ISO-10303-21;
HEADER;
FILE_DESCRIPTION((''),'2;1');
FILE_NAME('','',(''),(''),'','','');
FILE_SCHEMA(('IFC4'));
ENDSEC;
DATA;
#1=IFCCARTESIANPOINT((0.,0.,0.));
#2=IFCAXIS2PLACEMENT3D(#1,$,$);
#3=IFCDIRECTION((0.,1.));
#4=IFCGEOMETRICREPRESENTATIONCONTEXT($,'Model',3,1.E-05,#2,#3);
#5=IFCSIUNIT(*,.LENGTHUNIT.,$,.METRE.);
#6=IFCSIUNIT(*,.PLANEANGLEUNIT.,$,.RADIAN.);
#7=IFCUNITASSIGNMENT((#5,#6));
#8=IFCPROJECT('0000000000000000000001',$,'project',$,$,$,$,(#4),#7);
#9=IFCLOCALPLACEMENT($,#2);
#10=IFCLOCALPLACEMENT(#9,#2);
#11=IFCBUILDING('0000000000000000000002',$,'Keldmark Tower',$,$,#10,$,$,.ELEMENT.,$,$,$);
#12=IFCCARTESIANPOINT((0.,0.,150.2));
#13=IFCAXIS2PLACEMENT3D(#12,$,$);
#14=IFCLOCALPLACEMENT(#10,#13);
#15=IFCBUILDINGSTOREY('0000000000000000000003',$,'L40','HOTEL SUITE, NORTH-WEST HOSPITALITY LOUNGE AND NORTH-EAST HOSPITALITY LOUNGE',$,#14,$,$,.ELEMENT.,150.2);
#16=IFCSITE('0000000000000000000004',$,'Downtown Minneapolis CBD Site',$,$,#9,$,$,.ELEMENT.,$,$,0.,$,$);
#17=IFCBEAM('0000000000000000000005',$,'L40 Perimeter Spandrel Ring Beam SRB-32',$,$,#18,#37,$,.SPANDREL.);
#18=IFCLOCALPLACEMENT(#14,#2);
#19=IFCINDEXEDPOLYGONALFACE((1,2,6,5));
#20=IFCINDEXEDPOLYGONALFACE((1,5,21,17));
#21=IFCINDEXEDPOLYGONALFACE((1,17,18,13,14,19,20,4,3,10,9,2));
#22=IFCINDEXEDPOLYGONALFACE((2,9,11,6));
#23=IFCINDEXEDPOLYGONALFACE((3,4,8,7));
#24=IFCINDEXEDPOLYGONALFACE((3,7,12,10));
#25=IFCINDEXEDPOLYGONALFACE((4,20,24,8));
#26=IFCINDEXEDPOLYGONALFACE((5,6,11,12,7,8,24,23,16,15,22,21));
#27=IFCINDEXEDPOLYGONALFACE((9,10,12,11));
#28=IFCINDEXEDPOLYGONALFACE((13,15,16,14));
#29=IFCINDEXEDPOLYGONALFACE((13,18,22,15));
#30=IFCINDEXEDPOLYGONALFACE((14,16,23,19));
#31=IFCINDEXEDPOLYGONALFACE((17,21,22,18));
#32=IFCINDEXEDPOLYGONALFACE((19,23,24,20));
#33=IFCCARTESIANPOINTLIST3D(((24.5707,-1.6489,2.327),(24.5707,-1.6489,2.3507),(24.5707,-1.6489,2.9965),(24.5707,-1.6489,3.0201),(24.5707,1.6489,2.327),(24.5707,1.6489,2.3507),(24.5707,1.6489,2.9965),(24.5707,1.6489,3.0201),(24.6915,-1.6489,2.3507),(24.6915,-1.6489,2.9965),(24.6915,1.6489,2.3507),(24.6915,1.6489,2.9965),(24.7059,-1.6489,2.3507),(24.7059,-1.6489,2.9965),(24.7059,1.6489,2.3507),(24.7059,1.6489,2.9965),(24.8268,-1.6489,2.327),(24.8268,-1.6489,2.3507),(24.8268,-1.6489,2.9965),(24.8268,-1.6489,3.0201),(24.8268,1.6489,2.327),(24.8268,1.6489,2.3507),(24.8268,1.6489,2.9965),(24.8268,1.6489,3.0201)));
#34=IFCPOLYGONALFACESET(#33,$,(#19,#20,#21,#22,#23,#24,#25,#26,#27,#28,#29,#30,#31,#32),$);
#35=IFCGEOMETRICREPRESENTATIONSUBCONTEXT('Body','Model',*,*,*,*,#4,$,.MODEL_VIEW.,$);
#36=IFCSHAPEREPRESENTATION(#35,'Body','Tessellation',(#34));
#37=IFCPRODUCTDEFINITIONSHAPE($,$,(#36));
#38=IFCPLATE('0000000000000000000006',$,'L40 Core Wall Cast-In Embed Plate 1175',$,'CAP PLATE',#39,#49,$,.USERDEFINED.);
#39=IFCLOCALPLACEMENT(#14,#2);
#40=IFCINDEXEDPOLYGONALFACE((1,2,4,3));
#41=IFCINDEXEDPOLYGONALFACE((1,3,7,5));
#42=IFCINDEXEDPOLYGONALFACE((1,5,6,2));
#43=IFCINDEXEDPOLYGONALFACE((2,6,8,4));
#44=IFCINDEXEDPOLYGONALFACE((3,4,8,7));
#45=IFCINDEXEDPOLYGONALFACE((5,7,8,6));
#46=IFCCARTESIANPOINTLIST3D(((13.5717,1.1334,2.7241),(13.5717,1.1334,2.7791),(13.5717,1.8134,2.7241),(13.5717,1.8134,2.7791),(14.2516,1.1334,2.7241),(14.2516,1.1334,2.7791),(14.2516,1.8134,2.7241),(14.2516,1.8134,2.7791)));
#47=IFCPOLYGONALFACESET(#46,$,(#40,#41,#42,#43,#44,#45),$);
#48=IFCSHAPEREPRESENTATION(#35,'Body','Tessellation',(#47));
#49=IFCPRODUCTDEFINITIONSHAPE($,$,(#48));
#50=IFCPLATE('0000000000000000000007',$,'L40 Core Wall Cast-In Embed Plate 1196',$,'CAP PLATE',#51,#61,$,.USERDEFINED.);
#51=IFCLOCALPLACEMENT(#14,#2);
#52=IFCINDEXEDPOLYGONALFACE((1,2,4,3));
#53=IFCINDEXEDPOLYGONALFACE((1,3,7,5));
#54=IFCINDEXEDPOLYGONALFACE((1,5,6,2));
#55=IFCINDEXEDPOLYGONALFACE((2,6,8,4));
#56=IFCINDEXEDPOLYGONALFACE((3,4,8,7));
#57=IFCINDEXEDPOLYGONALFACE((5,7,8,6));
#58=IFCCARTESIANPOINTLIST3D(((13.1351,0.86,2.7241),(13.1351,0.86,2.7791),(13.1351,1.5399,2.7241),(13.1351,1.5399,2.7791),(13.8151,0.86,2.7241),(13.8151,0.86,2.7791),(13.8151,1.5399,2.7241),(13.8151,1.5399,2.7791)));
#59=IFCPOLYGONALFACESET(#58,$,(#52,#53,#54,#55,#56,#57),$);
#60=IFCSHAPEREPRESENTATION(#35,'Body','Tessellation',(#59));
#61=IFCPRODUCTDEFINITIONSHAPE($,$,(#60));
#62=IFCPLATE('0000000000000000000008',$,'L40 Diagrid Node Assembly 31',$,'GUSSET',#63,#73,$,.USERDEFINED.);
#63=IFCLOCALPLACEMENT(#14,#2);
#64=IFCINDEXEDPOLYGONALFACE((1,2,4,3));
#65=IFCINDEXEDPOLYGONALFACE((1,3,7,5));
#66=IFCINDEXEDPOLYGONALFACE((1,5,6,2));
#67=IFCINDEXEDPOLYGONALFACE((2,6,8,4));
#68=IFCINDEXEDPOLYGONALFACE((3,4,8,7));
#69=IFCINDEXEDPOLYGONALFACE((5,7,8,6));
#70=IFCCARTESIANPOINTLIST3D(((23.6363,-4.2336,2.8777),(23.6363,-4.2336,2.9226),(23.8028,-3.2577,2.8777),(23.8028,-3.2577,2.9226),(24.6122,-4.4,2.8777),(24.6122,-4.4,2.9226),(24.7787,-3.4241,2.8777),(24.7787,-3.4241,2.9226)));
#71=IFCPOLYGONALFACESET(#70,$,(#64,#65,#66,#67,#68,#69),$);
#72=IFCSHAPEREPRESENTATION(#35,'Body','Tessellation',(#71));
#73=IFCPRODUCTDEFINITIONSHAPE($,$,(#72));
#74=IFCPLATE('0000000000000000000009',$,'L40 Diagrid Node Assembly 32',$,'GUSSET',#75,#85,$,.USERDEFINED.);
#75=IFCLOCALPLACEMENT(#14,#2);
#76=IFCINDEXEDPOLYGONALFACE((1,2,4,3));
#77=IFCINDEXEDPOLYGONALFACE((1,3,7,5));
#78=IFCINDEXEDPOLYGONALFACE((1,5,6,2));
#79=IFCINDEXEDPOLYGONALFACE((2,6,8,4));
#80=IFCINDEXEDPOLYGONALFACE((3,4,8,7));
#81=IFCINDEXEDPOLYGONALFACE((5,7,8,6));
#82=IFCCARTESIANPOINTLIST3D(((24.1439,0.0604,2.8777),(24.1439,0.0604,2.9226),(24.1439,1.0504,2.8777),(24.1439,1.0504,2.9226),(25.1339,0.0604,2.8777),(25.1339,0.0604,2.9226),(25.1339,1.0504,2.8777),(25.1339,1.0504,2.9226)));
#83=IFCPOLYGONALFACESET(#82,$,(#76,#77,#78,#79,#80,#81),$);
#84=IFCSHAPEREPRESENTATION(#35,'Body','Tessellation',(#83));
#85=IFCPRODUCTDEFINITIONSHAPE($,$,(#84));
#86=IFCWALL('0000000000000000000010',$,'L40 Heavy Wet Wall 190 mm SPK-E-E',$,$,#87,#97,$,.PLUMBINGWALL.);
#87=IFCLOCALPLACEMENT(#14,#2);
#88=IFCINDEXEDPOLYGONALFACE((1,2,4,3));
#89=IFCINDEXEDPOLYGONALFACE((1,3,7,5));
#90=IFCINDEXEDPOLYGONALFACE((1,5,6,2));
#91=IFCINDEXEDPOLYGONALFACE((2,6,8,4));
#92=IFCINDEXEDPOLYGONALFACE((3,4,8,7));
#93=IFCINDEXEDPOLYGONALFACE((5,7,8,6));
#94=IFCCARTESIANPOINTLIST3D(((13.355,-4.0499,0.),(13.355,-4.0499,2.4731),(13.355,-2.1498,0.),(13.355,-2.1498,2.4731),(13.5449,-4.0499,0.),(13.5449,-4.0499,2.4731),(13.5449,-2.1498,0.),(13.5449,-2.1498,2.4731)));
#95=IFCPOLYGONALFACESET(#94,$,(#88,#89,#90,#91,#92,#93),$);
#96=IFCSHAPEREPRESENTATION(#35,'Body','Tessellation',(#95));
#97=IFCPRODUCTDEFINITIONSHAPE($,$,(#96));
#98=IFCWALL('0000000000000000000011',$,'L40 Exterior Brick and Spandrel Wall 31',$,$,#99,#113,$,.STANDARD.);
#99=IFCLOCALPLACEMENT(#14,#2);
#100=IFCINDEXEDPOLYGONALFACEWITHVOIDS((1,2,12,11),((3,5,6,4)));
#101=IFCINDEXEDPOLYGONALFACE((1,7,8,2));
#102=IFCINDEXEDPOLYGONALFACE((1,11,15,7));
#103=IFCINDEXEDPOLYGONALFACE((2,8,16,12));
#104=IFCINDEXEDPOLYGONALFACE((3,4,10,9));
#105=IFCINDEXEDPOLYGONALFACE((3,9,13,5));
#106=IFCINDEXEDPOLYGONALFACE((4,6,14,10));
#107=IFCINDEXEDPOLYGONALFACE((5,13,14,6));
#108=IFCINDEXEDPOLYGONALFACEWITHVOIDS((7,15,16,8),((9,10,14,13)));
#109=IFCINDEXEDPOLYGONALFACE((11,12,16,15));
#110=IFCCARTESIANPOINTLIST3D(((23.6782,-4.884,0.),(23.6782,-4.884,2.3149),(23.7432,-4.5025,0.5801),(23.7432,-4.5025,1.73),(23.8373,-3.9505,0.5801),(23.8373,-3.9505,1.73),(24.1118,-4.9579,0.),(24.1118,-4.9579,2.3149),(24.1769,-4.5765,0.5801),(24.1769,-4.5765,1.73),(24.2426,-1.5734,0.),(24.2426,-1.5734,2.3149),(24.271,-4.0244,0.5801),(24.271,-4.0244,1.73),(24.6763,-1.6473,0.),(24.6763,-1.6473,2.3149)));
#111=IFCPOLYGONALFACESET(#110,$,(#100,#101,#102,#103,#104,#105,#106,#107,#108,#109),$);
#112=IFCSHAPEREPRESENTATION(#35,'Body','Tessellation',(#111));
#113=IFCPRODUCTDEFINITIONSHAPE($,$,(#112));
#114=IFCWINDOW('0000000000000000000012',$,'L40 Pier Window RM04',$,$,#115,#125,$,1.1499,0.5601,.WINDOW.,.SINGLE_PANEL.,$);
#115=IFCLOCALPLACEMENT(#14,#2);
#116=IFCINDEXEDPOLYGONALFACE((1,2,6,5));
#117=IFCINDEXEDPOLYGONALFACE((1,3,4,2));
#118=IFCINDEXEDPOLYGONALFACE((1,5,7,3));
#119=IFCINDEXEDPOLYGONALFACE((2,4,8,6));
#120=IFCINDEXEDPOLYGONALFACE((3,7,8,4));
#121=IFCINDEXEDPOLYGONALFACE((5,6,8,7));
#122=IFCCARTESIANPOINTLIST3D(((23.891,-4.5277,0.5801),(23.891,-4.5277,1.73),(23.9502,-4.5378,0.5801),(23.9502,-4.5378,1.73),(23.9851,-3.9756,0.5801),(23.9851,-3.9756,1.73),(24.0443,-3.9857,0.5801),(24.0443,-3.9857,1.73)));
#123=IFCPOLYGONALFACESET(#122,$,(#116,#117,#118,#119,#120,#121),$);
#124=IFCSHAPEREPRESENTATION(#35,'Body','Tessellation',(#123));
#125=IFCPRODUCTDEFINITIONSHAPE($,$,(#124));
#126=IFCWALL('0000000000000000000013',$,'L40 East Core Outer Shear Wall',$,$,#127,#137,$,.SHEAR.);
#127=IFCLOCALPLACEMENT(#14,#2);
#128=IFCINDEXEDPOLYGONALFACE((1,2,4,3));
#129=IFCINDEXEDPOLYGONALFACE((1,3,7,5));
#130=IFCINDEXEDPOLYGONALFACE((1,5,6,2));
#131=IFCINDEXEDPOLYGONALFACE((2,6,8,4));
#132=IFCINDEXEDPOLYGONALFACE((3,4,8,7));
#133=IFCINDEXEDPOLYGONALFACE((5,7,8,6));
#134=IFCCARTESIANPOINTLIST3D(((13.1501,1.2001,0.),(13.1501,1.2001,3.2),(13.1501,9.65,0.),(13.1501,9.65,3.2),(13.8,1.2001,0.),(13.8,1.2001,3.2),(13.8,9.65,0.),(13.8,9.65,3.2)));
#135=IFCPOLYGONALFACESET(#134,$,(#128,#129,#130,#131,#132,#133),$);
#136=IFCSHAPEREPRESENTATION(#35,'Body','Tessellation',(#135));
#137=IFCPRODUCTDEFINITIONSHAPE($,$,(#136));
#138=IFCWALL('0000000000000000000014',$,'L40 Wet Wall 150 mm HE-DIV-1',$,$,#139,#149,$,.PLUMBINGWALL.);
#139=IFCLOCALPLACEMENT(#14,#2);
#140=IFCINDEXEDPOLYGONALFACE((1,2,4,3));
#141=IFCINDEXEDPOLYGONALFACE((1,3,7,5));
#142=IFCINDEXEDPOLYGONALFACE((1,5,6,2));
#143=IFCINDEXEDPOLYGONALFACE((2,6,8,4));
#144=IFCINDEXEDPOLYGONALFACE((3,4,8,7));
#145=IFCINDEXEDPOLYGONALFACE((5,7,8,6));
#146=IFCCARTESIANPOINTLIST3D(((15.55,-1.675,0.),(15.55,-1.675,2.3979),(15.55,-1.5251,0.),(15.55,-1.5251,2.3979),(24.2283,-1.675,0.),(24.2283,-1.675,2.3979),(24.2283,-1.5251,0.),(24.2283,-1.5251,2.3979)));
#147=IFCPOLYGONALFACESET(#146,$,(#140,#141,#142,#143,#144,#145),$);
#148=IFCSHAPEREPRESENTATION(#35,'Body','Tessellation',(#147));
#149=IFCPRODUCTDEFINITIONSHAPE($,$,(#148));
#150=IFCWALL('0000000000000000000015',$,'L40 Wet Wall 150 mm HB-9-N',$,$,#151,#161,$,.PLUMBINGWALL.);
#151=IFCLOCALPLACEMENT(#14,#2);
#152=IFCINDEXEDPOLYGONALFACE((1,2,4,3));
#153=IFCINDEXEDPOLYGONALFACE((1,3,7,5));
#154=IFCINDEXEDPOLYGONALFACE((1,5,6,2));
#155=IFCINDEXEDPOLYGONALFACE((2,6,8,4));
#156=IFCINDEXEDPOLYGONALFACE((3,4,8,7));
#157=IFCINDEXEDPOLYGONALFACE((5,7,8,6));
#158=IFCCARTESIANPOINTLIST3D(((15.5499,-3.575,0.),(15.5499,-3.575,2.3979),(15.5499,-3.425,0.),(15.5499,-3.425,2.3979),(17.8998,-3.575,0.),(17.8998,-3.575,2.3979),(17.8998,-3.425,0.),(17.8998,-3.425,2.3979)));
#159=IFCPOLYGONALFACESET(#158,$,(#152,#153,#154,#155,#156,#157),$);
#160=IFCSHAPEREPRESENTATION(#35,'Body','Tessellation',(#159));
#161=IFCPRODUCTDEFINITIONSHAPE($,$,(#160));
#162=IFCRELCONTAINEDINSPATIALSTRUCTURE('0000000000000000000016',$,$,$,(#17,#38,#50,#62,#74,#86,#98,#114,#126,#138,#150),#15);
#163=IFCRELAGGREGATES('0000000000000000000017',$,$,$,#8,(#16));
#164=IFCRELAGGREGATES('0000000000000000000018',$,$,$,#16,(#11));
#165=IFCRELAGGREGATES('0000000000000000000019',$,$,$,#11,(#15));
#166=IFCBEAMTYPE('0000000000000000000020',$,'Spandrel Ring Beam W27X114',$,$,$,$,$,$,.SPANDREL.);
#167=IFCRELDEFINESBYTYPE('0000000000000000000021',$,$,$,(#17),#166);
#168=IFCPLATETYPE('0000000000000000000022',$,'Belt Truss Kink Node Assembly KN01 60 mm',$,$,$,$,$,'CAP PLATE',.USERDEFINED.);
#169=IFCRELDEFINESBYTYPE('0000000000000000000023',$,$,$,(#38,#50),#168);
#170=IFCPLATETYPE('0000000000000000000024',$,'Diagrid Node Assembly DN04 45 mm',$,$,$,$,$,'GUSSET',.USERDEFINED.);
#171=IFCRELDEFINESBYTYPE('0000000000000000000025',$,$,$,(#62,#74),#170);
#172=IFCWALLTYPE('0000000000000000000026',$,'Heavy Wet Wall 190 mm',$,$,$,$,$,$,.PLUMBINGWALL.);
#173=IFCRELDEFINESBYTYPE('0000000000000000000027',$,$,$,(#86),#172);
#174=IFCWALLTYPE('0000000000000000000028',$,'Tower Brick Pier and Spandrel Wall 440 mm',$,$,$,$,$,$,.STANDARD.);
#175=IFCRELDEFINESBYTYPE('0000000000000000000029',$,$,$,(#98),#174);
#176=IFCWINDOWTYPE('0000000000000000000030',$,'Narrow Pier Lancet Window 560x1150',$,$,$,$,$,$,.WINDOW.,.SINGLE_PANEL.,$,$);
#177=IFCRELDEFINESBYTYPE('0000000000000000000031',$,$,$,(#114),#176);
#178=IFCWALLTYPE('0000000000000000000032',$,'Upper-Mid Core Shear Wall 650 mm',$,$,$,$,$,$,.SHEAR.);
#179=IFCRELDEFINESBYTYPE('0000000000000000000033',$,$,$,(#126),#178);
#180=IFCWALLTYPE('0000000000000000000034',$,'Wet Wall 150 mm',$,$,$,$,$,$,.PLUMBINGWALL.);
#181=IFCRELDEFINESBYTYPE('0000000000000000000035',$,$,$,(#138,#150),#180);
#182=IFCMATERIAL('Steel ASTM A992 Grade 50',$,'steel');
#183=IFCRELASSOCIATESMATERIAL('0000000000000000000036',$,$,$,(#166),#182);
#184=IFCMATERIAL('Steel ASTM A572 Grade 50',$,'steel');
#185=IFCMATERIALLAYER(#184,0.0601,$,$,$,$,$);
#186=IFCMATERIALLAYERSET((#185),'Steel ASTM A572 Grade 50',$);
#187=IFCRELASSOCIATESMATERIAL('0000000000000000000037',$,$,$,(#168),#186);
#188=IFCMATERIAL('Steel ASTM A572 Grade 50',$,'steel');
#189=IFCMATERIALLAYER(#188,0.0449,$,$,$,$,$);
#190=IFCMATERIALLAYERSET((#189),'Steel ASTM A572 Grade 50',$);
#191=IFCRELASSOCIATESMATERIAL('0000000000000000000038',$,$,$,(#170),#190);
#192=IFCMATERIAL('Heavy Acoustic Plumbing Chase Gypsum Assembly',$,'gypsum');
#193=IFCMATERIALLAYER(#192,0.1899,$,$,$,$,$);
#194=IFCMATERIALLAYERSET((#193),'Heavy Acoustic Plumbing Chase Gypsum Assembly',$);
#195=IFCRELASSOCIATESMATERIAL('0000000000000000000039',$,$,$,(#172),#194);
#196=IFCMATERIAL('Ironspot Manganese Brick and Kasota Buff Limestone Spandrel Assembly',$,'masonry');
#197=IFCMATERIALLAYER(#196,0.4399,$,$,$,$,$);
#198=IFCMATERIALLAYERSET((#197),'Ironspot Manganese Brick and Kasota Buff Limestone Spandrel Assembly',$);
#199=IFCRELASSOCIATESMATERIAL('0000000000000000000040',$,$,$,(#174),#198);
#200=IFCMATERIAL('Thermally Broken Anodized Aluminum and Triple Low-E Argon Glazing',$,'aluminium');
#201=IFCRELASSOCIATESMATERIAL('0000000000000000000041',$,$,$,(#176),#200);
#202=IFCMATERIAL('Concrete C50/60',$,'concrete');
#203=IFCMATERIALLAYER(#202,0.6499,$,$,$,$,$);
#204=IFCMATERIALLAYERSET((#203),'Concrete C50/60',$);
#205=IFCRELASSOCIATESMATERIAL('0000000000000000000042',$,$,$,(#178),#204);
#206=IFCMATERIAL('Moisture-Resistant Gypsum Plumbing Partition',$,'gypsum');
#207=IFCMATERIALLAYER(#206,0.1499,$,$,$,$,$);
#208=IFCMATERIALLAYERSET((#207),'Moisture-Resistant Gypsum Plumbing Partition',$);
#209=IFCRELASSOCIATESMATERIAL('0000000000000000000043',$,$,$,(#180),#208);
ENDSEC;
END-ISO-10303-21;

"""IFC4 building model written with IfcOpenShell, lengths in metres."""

from ifc_helpers import new_model, si_unit, direction, frame, frame_2d, origin, origin_2d, place, context, subcontext, project, spatial, rectangle, i_section, extrude, material, layer, layer_set, material_profile, profile_set, type_object, element, fill, save


model = new_model("IFC4")

# Units and contexts
model_context = context("Model", 3, precision=1e-05, world=origin(), true_north=direction((0.0, 1.0)))
body_context = subcontext(model_context, "Body", "Model", "MODEL_VIEW")
ifc_project = project(units=[si_unit("LENGTHUNIT", "METRE"), si_unit("PLANEANGLEUNIT", "RADIAN")], contexts=[model_context])

# Site, building, storey
site_placement = place(None, origin())
site = spatial("IfcSite", under=ifc_project, at=site_placement, Name="Downtown Minneapolis CBD Site", CompositionType="ELEMENT", RefElevation=0.0)
building_placement = place(site_placement, origin())
building = spatial("IfcBuilding", under=site, at=building_placement, Name="Keldmark Tower", CompositionType="ELEMENT")
storey_placement = place(building_placement, frame((0.0, 0.0, 150.2)))
storey = spatial("IfcBuildingStorey", under=building, at=storey_placement, Name="L40", Description="HOTEL SUITE, NORTH-WEST HOSPITALITY LOUNGE AND NORTH-EAST HOSPITALITY LOUNGE", CompositionType="ELEMENT", Elevation=150.2)

# Beam
ifc_material_1 = material(Name="Steel ASTM A992 Grade 50", Category="steel")
ifc_material_profile_1 = material_profile(ifc_material_1, i_section(OverallWidth=0.2561, OverallDepth=0.6931, WebThickness=0.0144, FlangeThickness=0.0237, at=origin_2d()), Name="W27X114")
ifc_profile_set_1 = profile_set([ifc_material_profile_1], Name="Steel ASTM A992 Grade 50")
beam_type_1 = type_object("IfcBeamType", Name="Spandrel Ring Beam W27X114", PredefinedType="SPANDREL", material=ifc_profile_set_1)
beam_1_placement = place(storey_placement, frame((24.6987, -1.6489, 2.6736), z_axis=(0.0, 1.0, 0.0), x_axis=(-1.0, 0.0, 0.0)))
element("IfcBeam", 1, at=beam_1_placement, inside=storey, type_object=beam_type_1, Name="L40 Perimeter Spandrel Ring Beam SRB-32", PredefinedType="SPANDREL", context=body_context, shape_type="SweptSolid", body=[
    extrude(i_section(OverallWidth=0.2561, OverallDepth=0.6931, WebThickness=0.0144, FlangeThickness=0.0237, at=origin_2d()), origin(), (0.0, 0.0, 1.0), 3.2979),
])

# Plates
ifc_material_2 = material(Name="Steel ASTM A572 Grade 50", Category="steel")
ifc_layer_1 = layer(ifc_material_2, 0.0601)
ifc_layer_set_1 = layer_set([ifc_layer_1], Name="Steel ASTM A572 Grade 50")
plate_type_1 = type_object("IfcPlateType", Name="Belt Truss Kink Node Assembly KN01 60 mm", ElementType="CAP PLATE", PredefinedType="USERDEFINED", material=ifc_layer_set_1)
for number, where, z_axis, x_axis, name in (
    (2, (13.9116, 1.4734, 2.7241), (0.0, 0.0, 1.0), (1.0, 0.0, 0.0), "L40 Core Wall Cast-In Embed Plate 1175"),
    (3, (13.4751, 1.2, 2.7241), (0.0, 0.0, 1.0), (1.0, 0.0, 0.0), "L40 Core Wall Cast-In Embed Plate 1196"),
):
    element("IfcPlate", number, at=place(storey_placement, frame(where, z_axis=z_axis, x_axis=x_axis)), inside=storey, type_object=plate_type_1, Name=name, ObjectType="CAP PLATE", PredefinedType="USERDEFINED", context=body_context, shape_type="SweptSolid", body=[
        extrude(rectangle(XDim=0.6799, YDim=0.6799, at=origin_2d()), origin(), (0.0, 0.0, 1.0), 0.0549),
    ])
ifc_material_3 = material(Name="Steel ASTM A572 Grade 50", Category="steel")
ifc_layer_2 = layer(ifc_material_3, 0.0449)
ifc_layer_set_2 = layer_set([ifc_layer_2], Name="Steel ASTM A572 Grade 50")
plate_type_2 = type_object("IfcPlateType", Name="Diagrid Node Assembly DN04 45 mm", ElementType="GUSSET", PredefinedType="USERDEFINED", material=ifc_layer_set_2)
for number, where, z_axis, x_axis, name in (
    (4, (24.2075, -3.8289, 2.8777), (0.0, 0.0, 1.0), (0.168145, 0.985762, 0.0), "L40 Diagrid Node Assembly 31"),
    (5, (24.6389, 0.5554, 2.8777), (0.0, 0.0, 1.0), (0.0, 1.0, 0.0), "L40 Diagrid Node Assembly 32"),
):
    element("IfcPlate", number, at=place(storey_placement, frame(where, z_axis=z_axis, x_axis=x_axis)), inside=storey, type_object=plate_type_2, Name=name, ObjectType="GUSSET", PredefinedType="USERDEFINED", context=body_context, shape_type="SweptSolid", body=[
        extrude(rectangle(XDim=0.99, YDim=0.99, at=origin_2d()), origin(), (0.0, 0.0, 1.0), 0.0449),
    ])

# Wall
ifc_material_4 = material(Name="Heavy Acoustic Plumbing Chase Gypsum Assembly", Category="gypsum")
ifc_layer_3 = layer(ifc_material_4, 0.1899)
ifc_layer_set_3 = layer_set([ifc_layer_3], Name="Heavy Acoustic Plumbing Chase Gypsum Assembly")
wall_type_1 = type_object("IfcWallType", Name="Heavy Wet Wall 190 mm", PredefinedType="PLUMBINGWALL", material=ifc_layer_set_3)
wall_1_placement = place(storey_placement, frame((13.45, -4.05, 0.0), z_axis=(0.0, 0.0, 1.0), x_axis=(0.0, 1.0, 0.0)))
element("IfcWall", 6, at=wall_1_placement, inside=storey, type_object=wall_type_1, Name="L40 Heavy Wet Wall 190 mm SPK-E-E", PredefinedType="PLUMBINGWALL", context=body_context, shape_type="SweptSolid", body=[
    extrude(rectangle(XDim=1.9001, YDim=0.1899, at=frame_2d((0.9502, 0.0))), origin(), (0.0, 0.0, 1.0), 2.4731),
])

# Wall, opening, window
ifc_material_5 = material(Name="Ironspot Manganese Brick and Kasota Buff Limestone Spandrel Assembly", Category="masonry")
ifc_layer_4 = layer(ifc_material_5, 0.4399)
ifc_layer_set_4 = layer_set([ifc_layer_4], Name="Ironspot Manganese Brick and Kasota Buff Limestone Spandrel Assembly")
wall_type_2 = type_object("IfcWallType", Name="Tower Brick Pier and Spandrel Wall 440 mm", PredefinedType="STANDARD", material=ifc_layer_set_4)
wall_2_placement = place(storey_placement, frame((24.4595, -1.6104, 0.0), z_axis=(0.0, 0.0, 1.0), x_axis=(-0.168076, -0.985774, 0.0)))
wall_2 = element("IfcWall", 7, at=wall_2_placement, inside=storey, type_object=wall_type_2, Name="L40 Exterior Brick and Spandrel Wall 31", PredefinedType="STANDARD", context=body_context, shape_type="SweptSolid", body=[
    extrude(rectangle(XDim=3.3584, YDim=0.4399, at=frame_2d((1.6792, 0.0))), origin(), (0.0, 0.0, 1.0), 2.3149),
])
opening_1_placement = place(wall_2_placement, frame((2.4114, 0.0, 0.5801)))
opening_1 = element("IfcOpeningElement", 8, at=opening_1_placement, cuts=wall_2, PredefinedType="OPENING", context=body_context, shape_type="SweptSolid", body=[
    extrude(rectangle(XDim=0.5601, YDim=1.1499, at=frame_2d((0.28, 0.575))), frame((0.0, 0.23, 0.0), z_axis=(0.0, -1.0, 0.0), x_axis=(1.0, 0.0, 0.0)), (0.0, 0.0, 1.0), 0.46),
])
ifc_material_6 = material(Name="Thermally Broken Anodized Aluminum and Triple Low-E Argon Glazing", Category="aluminium")
window_type = type_object("IfcWindowType", Name="Narrow Pier Lancet Window 560x1150", PartitioningType="SINGLE_PANEL", PredefinedType="WINDOW", material=ifc_material_6)
window_placement = place(opening_1_placement, origin())
window = element("IfcWindow", 9, at=window_placement, inside=storey, type_object=window_type, Name="L40 Pier Window RM04", OverallHeight=1.1499, OverallWidth=0.5601, PartitioningType="SINGLE_PANEL", PredefinedType="WINDOW", context=body_context, shape_type="SweptSolid", body=[
    extrude(rectangle(XDim=0.5601, YDim=1.1499, at=frame_2d((0.28, 0.575))), frame((0.0, -0.01, 0.0), z_axis=(0.0, -1.0, 0.0), x_axis=(1.0, 0.0, 0.0)), (0.0, 0.0, 1.0), 0.0601),
])
fill(opening_1, window)

# Walls
ifc_material_7 = material(Name="Concrete C50/60", Category="concrete")
ifc_layer_5 = layer(ifc_material_7, 0.6499)
ifc_layer_set_5 = layer_set([ifc_layer_5], Name="Concrete C50/60")
wall_type_3 = type_object("IfcWallType", Name="Upper-Mid Core Shear Wall 650 mm", PredefinedType="SHEAR", material=ifc_layer_set_5)
wall_3_placement = place(storey_placement, frame((13.4751, 1.2, 0.0), z_axis=(0.0, 0.0, 1.0), x_axis=(0.0, 1.0, 0.0)))
element("IfcWall", 10, at=wall_3_placement, inside=storey, type_object=wall_type_3, Name="L40 East Core Outer Shear Wall", PredefinedType="SHEAR", context=body_context, shape_type="SweptSolid", body=[
    extrude(rectangle(XDim=8.45, YDim=0.6499, at=frame_2d((4.2251, 0.0))), origin(), (0.0, 0.0, 1.0), 3.2),
])
ifc_material_8 = material(Name="Moisture-Resistant Gypsum Plumbing Partition", Category="gypsum")
ifc_layer_6 = layer(ifc_material_8, 0.1499)
ifc_layer_set_6 = layer_set([ifc_layer_6], Name="Moisture-Resistant Gypsum Plumbing Partition")
wall_type_4 = type_object("IfcWallType", Name="Wet Wall 150 mm", PredefinedType="PLUMBINGWALL", material=ifc_layer_set_6)
wall_4_placement = place(storey_placement, frame((15.55, -1.6001, 0.0), z_axis=(0.0, 0.0, 1.0), x_axis=(1.0, 0.0, 0.0)))
element("IfcWall", 11, at=wall_4_placement, inside=storey, type_object=wall_type_4, Name="L40 Wet Wall 150 mm HE-DIV-1", PredefinedType="PLUMBINGWALL", context=body_context, shape_type="SweptSolid", body=[
    extrude(rectangle(XDim=8.6782, YDim=0.1499, at=frame_2d((4.3391, 0.0))), origin(), (0.0, 0.0, 1.0), 2.3979),
])
wall_5_placement = place(storey_placement, frame((15.55, -3.5, 0.0), z_axis=(0.0, 0.0, 1.0), x_axis=(1.0, 0.0, 0.0)))
element("IfcWall", 12, at=wall_5_placement, inside=storey, type_object=wall_type_4, Name="L40 Wet Wall 150 mm HB-9-N", PredefinedType="PLUMBINGWALL", context=body_context, shape_type="SweptSolid", body=[
    extrude(rectangle(XDim=2.3499, YDim=0.1499, at=frame_2d((1.1748, 0.0))), origin(), (0.0, 0.0, 1.0), 2.3979),
])

save(model, "model.ifc")
